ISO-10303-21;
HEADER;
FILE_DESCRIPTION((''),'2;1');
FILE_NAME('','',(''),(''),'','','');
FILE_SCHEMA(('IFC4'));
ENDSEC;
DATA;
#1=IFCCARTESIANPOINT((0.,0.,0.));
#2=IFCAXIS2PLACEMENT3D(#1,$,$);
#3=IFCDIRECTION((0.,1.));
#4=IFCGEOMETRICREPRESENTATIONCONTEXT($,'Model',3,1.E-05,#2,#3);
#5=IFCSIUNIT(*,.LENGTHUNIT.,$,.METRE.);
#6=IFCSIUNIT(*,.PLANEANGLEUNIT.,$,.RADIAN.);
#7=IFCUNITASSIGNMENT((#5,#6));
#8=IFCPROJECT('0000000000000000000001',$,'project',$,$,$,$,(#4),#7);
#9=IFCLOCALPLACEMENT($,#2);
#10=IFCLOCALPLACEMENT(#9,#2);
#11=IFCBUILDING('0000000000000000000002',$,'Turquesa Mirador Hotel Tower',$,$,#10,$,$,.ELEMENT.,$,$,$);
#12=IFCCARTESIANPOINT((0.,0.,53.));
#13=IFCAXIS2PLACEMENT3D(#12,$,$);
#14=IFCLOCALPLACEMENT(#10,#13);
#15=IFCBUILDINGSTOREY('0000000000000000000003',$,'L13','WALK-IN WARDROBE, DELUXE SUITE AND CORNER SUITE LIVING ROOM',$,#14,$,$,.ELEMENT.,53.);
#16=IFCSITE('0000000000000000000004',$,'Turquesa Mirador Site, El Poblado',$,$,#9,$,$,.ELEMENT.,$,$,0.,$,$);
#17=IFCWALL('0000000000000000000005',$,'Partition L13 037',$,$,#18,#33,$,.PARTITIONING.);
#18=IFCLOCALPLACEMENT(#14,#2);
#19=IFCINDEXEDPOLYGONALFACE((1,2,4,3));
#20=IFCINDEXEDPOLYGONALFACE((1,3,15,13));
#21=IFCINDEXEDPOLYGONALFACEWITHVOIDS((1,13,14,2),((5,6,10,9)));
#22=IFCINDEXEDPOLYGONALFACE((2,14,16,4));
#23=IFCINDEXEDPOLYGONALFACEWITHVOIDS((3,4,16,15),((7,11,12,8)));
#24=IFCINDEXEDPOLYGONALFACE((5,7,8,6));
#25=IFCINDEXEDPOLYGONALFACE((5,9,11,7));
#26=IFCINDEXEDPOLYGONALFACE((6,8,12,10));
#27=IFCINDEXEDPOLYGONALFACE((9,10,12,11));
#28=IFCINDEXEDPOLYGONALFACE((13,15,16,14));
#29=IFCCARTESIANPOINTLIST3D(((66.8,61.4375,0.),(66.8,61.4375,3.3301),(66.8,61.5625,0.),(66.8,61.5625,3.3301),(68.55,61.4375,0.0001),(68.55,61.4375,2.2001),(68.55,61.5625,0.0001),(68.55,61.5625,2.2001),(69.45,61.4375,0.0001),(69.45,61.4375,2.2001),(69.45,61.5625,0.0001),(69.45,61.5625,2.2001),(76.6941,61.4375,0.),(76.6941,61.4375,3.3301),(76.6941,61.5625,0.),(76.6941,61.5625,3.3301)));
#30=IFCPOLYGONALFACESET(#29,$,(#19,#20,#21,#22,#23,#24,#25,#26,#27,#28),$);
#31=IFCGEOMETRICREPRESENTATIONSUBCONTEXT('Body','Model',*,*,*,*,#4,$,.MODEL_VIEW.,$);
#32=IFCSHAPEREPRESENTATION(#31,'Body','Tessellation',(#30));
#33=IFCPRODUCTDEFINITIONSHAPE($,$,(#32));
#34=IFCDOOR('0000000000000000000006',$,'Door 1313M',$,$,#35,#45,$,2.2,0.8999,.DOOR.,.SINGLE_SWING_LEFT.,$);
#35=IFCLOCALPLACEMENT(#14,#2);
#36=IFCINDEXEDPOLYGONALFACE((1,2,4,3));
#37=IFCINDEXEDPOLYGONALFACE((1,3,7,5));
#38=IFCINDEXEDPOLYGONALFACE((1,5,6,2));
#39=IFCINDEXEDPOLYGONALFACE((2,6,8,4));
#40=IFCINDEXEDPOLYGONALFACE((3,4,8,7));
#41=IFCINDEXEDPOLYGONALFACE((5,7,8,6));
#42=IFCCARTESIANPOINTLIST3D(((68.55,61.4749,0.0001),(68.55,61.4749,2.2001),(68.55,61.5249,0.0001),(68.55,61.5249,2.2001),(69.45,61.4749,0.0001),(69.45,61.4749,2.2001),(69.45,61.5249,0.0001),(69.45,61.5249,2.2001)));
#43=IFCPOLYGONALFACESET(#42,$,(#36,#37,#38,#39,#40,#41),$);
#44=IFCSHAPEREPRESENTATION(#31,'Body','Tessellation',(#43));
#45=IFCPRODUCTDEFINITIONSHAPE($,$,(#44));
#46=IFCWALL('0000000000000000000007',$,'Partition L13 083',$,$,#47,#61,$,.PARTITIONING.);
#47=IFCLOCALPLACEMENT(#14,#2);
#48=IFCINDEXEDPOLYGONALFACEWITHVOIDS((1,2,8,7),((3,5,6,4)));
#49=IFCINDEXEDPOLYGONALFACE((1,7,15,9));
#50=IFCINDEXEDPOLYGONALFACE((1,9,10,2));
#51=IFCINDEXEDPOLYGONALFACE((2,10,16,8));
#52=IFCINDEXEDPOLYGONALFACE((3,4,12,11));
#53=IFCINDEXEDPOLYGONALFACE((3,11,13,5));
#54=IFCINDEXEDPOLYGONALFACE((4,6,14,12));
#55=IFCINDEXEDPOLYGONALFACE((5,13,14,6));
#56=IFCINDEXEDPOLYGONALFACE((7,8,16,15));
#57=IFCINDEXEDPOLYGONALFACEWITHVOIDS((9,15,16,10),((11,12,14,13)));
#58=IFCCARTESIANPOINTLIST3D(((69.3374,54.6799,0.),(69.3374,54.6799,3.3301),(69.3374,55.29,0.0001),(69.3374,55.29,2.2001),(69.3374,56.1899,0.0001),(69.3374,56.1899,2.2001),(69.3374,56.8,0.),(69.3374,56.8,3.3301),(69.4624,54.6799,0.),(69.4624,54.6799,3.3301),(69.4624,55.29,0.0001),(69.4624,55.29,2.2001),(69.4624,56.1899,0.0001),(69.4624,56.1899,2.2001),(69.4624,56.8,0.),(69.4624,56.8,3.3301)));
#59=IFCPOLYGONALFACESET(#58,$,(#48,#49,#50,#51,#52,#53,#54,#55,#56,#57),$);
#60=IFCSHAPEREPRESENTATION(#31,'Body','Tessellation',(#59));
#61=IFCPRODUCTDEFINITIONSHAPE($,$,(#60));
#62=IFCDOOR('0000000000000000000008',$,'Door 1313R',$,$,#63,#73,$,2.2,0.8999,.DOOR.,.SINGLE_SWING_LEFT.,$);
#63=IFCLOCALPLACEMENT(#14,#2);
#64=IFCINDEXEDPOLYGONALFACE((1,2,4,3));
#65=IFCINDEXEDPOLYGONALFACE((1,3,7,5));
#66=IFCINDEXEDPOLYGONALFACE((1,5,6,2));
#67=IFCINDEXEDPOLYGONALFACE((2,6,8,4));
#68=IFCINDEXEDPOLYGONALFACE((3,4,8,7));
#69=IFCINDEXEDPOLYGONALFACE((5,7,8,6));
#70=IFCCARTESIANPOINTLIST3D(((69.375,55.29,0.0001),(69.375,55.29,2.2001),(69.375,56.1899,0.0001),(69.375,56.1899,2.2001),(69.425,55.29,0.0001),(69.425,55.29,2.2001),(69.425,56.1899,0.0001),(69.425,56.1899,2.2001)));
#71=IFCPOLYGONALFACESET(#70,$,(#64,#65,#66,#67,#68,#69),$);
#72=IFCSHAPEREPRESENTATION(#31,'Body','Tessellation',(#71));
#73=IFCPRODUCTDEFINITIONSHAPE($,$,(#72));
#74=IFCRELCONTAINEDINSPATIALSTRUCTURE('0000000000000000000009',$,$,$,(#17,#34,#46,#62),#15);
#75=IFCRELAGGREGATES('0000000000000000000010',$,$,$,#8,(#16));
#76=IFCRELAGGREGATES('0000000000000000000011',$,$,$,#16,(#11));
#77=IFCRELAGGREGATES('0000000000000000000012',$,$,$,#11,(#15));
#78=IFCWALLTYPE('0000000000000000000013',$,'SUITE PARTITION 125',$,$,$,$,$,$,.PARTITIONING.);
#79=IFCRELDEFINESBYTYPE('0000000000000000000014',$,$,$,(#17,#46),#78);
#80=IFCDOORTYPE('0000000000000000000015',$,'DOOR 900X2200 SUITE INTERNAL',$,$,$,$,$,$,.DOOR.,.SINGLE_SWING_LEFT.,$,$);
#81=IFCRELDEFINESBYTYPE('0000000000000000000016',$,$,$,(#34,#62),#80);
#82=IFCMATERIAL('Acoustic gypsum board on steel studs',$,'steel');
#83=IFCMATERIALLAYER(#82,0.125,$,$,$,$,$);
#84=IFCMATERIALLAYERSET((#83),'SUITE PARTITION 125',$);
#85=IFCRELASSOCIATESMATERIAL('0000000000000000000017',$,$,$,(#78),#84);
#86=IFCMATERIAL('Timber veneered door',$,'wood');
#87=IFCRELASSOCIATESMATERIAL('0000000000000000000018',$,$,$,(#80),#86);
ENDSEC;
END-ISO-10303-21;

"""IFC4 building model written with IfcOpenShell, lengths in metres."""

from ifc_helpers import new_model, si_unit, direction, frame, frame_2d, origin, place, context, subcontext, project, spatial, rectangle, extrude, material, layer, layer_set, type_object, element, fill, save


model = new_model("IFC4")

# Units and contexts
model_context = context("Model", 3, precision=1e-05, world=origin(), true_north=direction((0.0, 1.0)))
body_context = subcontext(model_context, "Body", "Model", "MODEL_VIEW")
ifc_project = project(units=[si_unit("LENGTHUNIT", "METRE"), si_unit("PLANEANGLEUNIT", "RADIAN")], contexts=[model_context])

# Site, building, storey
site_placement = place(None, origin())
site = spatial("IfcSite", under=ifc_project, at=site_placement, Name="Turquesa Mirador Site, El Poblado", CompositionType="ELEMENT", RefElevation=0.0)
building_placement = place(site_placement, origin())
building = spatial("IfcBuilding", under=site, at=building_placement, Name="Turquesa Mirador Hotel Tower", CompositionType="ELEMENT")
storey_placement = place(building_placement, frame((0.0, 0.0, 53.0)))
storey = spatial("IfcBuildingStorey", under=building, at=storey_placement, Name="L13", Description="WALK-IN WARDROBE, DELUXE SUITE AND CORNER SUITE LIVING ROOM", CompositionType="ELEMENT", Elevation=53.0)

# Walls, openings, doors
ifc_material_1 = material(Name="Acoustic gypsum board on steel studs", Category="steel")
ifc_layer_1 = layer(ifc_material_1, 0.125)
ifc_layer_set_1 = layer_set([ifc_layer_1], Name="SUITE PARTITION 125")
wall_type_1 = type_object("IfcWallType", Name="SUITE PARTITION 125", PredefinedType="PARTITIONING", material=ifc_layer_set_1)
ifc_material_2 = material(Name="Timber veneered door", Category="wood")
door_type = type_object("IfcDoorType", Name="DOOR 900X2200 SUITE INTERNAL", OperationType="SINGLE_SWING_LEFT", PredefinedType="DOOR", material=ifc_material_2)
wall_1_placement = place(storey_placement, frame((66.8, 61.5, 0.0), z_axis=(0.0, 0.0, 1.0), x_axis=(1.0, 0.0, 0.0)))
wall_1 = element("IfcWall", 1, at=wall_1_placement, inside=storey, type_object=wall_type_1, Name="Partition L13 037", PredefinedType="PARTITIONING", context=body_context, shape_type="SweptSolid", body=[
    extrude(rectangle(XDim=9.894, YDim=0.125, at=frame_2d((4.947, 0.0))), origin(), (0.0, 0.0, 1.0), 3.3301),
])
opening_1_placement = place(wall_1_placement, frame((1.75, 0.0, 0.0)))
opening_1 = element("IfcOpeningElement", 2, at=opening_1_placement, cuts=wall_1, PredefinedType="OPENING", context=body_context, shape_type="SweptSolid", body=[
    extrude(rectangle(XDim=0.8999, YDim=2.2, at=frame_2d((0.45, 1.1001))), frame((0.0, 0.0725, 0.0), z_axis=(0.0, -1.0, 0.0), x_axis=(1.0, 0.0, 0.0)), (0.0, 0.0, 1.0), 0.145),
])
door_1_placement = place(opening_1_placement, origin())
door_1 = element("IfcDoor", 3, at=door_1_placement, inside=storey, type_object=door_type, Name="Door 1313M", OperationType="SINGLE_SWING_LEFT", OverallHeight=2.2, OverallWidth=0.8999, PredefinedType="DOOR", context=body_context, shape_type="SweptSolid", body=[
    extrude(rectangle(XDim=0.8999, YDim=2.2, at=frame_2d((0.45, 1.1001))), frame((0.0, 0.0249, 0.0), z_axis=(0.0, -1.0, 0.0), x_axis=(1.0, 0.0, 0.0)), (0.0, 0.0, 1.0), 0.05),
])
fill(opening_1, door_1)
wall_2_placement = place(storey_placement, frame((69.3999, 54.6799, 0.0), z_axis=(0.0, 0.0, 1.0), x_axis=(0.0, 1.0, 0.0)))
wall_2 = element("IfcWall", 4, at=wall_2_placement, inside=storey, type_object=wall_type_1, Name="Partition L13 083", PredefinedType="PARTITIONING", context=body_context, shape_type="SweptSolid", body=[
    extrude(rectangle(XDim=2.1201, YDim=0.125, at=frame_2d((1.0601, 0.0))), origin(), (0.0, 0.0, 1.0), 3.3301),
])
opening_2_placement = place(wall_2_placement, frame((0.6101, 0.0, 0.0)))
opening_2 = element("IfcOpeningElement", 5, at=opening_2_placement, cuts=wall_2, PredefinedType="OPENING", context=body_context, shape_type="SweptSolid", body=[
    extrude(rectangle(XDim=0.8999, YDim=2.2, at=frame_2d((0.45, 1.1001))), frame((0.0, 0.0725, 0.0), z_axis=(0.0, -1.0, 0.0), x_axis=(1.0, 0.0, 0.0)), (0.0, 0.0, 1.0), 0.145),
])
door_2_placement = place(opening_2_placement, origin())
door_2 = element("IfcDoor", 6, at=door_2_placement, inside=storey, type_object=door_type, Name="Door 1313R", OperationType="SINGLE_SWING_LEFT", OverallHeight=2.2, OverallWidth=0.8999, PredefinedType="DOOR", context=body_context, shape_type="SweptSolid", body=[
    extrude(rectangle(XDim=0.8999, YDim=2.2, at=frame_2d((0.45, 1.1001))), frame((0.0, 0.0249, 0.0), z_axis=(0.0, -1.0, 0.0), x_axis=(1.0, 0.0, 0.0)), (0.0, 0.0, 1.0), 0.05),
])
fill(opening_2, door_2)

save(model, "model.ifc")
